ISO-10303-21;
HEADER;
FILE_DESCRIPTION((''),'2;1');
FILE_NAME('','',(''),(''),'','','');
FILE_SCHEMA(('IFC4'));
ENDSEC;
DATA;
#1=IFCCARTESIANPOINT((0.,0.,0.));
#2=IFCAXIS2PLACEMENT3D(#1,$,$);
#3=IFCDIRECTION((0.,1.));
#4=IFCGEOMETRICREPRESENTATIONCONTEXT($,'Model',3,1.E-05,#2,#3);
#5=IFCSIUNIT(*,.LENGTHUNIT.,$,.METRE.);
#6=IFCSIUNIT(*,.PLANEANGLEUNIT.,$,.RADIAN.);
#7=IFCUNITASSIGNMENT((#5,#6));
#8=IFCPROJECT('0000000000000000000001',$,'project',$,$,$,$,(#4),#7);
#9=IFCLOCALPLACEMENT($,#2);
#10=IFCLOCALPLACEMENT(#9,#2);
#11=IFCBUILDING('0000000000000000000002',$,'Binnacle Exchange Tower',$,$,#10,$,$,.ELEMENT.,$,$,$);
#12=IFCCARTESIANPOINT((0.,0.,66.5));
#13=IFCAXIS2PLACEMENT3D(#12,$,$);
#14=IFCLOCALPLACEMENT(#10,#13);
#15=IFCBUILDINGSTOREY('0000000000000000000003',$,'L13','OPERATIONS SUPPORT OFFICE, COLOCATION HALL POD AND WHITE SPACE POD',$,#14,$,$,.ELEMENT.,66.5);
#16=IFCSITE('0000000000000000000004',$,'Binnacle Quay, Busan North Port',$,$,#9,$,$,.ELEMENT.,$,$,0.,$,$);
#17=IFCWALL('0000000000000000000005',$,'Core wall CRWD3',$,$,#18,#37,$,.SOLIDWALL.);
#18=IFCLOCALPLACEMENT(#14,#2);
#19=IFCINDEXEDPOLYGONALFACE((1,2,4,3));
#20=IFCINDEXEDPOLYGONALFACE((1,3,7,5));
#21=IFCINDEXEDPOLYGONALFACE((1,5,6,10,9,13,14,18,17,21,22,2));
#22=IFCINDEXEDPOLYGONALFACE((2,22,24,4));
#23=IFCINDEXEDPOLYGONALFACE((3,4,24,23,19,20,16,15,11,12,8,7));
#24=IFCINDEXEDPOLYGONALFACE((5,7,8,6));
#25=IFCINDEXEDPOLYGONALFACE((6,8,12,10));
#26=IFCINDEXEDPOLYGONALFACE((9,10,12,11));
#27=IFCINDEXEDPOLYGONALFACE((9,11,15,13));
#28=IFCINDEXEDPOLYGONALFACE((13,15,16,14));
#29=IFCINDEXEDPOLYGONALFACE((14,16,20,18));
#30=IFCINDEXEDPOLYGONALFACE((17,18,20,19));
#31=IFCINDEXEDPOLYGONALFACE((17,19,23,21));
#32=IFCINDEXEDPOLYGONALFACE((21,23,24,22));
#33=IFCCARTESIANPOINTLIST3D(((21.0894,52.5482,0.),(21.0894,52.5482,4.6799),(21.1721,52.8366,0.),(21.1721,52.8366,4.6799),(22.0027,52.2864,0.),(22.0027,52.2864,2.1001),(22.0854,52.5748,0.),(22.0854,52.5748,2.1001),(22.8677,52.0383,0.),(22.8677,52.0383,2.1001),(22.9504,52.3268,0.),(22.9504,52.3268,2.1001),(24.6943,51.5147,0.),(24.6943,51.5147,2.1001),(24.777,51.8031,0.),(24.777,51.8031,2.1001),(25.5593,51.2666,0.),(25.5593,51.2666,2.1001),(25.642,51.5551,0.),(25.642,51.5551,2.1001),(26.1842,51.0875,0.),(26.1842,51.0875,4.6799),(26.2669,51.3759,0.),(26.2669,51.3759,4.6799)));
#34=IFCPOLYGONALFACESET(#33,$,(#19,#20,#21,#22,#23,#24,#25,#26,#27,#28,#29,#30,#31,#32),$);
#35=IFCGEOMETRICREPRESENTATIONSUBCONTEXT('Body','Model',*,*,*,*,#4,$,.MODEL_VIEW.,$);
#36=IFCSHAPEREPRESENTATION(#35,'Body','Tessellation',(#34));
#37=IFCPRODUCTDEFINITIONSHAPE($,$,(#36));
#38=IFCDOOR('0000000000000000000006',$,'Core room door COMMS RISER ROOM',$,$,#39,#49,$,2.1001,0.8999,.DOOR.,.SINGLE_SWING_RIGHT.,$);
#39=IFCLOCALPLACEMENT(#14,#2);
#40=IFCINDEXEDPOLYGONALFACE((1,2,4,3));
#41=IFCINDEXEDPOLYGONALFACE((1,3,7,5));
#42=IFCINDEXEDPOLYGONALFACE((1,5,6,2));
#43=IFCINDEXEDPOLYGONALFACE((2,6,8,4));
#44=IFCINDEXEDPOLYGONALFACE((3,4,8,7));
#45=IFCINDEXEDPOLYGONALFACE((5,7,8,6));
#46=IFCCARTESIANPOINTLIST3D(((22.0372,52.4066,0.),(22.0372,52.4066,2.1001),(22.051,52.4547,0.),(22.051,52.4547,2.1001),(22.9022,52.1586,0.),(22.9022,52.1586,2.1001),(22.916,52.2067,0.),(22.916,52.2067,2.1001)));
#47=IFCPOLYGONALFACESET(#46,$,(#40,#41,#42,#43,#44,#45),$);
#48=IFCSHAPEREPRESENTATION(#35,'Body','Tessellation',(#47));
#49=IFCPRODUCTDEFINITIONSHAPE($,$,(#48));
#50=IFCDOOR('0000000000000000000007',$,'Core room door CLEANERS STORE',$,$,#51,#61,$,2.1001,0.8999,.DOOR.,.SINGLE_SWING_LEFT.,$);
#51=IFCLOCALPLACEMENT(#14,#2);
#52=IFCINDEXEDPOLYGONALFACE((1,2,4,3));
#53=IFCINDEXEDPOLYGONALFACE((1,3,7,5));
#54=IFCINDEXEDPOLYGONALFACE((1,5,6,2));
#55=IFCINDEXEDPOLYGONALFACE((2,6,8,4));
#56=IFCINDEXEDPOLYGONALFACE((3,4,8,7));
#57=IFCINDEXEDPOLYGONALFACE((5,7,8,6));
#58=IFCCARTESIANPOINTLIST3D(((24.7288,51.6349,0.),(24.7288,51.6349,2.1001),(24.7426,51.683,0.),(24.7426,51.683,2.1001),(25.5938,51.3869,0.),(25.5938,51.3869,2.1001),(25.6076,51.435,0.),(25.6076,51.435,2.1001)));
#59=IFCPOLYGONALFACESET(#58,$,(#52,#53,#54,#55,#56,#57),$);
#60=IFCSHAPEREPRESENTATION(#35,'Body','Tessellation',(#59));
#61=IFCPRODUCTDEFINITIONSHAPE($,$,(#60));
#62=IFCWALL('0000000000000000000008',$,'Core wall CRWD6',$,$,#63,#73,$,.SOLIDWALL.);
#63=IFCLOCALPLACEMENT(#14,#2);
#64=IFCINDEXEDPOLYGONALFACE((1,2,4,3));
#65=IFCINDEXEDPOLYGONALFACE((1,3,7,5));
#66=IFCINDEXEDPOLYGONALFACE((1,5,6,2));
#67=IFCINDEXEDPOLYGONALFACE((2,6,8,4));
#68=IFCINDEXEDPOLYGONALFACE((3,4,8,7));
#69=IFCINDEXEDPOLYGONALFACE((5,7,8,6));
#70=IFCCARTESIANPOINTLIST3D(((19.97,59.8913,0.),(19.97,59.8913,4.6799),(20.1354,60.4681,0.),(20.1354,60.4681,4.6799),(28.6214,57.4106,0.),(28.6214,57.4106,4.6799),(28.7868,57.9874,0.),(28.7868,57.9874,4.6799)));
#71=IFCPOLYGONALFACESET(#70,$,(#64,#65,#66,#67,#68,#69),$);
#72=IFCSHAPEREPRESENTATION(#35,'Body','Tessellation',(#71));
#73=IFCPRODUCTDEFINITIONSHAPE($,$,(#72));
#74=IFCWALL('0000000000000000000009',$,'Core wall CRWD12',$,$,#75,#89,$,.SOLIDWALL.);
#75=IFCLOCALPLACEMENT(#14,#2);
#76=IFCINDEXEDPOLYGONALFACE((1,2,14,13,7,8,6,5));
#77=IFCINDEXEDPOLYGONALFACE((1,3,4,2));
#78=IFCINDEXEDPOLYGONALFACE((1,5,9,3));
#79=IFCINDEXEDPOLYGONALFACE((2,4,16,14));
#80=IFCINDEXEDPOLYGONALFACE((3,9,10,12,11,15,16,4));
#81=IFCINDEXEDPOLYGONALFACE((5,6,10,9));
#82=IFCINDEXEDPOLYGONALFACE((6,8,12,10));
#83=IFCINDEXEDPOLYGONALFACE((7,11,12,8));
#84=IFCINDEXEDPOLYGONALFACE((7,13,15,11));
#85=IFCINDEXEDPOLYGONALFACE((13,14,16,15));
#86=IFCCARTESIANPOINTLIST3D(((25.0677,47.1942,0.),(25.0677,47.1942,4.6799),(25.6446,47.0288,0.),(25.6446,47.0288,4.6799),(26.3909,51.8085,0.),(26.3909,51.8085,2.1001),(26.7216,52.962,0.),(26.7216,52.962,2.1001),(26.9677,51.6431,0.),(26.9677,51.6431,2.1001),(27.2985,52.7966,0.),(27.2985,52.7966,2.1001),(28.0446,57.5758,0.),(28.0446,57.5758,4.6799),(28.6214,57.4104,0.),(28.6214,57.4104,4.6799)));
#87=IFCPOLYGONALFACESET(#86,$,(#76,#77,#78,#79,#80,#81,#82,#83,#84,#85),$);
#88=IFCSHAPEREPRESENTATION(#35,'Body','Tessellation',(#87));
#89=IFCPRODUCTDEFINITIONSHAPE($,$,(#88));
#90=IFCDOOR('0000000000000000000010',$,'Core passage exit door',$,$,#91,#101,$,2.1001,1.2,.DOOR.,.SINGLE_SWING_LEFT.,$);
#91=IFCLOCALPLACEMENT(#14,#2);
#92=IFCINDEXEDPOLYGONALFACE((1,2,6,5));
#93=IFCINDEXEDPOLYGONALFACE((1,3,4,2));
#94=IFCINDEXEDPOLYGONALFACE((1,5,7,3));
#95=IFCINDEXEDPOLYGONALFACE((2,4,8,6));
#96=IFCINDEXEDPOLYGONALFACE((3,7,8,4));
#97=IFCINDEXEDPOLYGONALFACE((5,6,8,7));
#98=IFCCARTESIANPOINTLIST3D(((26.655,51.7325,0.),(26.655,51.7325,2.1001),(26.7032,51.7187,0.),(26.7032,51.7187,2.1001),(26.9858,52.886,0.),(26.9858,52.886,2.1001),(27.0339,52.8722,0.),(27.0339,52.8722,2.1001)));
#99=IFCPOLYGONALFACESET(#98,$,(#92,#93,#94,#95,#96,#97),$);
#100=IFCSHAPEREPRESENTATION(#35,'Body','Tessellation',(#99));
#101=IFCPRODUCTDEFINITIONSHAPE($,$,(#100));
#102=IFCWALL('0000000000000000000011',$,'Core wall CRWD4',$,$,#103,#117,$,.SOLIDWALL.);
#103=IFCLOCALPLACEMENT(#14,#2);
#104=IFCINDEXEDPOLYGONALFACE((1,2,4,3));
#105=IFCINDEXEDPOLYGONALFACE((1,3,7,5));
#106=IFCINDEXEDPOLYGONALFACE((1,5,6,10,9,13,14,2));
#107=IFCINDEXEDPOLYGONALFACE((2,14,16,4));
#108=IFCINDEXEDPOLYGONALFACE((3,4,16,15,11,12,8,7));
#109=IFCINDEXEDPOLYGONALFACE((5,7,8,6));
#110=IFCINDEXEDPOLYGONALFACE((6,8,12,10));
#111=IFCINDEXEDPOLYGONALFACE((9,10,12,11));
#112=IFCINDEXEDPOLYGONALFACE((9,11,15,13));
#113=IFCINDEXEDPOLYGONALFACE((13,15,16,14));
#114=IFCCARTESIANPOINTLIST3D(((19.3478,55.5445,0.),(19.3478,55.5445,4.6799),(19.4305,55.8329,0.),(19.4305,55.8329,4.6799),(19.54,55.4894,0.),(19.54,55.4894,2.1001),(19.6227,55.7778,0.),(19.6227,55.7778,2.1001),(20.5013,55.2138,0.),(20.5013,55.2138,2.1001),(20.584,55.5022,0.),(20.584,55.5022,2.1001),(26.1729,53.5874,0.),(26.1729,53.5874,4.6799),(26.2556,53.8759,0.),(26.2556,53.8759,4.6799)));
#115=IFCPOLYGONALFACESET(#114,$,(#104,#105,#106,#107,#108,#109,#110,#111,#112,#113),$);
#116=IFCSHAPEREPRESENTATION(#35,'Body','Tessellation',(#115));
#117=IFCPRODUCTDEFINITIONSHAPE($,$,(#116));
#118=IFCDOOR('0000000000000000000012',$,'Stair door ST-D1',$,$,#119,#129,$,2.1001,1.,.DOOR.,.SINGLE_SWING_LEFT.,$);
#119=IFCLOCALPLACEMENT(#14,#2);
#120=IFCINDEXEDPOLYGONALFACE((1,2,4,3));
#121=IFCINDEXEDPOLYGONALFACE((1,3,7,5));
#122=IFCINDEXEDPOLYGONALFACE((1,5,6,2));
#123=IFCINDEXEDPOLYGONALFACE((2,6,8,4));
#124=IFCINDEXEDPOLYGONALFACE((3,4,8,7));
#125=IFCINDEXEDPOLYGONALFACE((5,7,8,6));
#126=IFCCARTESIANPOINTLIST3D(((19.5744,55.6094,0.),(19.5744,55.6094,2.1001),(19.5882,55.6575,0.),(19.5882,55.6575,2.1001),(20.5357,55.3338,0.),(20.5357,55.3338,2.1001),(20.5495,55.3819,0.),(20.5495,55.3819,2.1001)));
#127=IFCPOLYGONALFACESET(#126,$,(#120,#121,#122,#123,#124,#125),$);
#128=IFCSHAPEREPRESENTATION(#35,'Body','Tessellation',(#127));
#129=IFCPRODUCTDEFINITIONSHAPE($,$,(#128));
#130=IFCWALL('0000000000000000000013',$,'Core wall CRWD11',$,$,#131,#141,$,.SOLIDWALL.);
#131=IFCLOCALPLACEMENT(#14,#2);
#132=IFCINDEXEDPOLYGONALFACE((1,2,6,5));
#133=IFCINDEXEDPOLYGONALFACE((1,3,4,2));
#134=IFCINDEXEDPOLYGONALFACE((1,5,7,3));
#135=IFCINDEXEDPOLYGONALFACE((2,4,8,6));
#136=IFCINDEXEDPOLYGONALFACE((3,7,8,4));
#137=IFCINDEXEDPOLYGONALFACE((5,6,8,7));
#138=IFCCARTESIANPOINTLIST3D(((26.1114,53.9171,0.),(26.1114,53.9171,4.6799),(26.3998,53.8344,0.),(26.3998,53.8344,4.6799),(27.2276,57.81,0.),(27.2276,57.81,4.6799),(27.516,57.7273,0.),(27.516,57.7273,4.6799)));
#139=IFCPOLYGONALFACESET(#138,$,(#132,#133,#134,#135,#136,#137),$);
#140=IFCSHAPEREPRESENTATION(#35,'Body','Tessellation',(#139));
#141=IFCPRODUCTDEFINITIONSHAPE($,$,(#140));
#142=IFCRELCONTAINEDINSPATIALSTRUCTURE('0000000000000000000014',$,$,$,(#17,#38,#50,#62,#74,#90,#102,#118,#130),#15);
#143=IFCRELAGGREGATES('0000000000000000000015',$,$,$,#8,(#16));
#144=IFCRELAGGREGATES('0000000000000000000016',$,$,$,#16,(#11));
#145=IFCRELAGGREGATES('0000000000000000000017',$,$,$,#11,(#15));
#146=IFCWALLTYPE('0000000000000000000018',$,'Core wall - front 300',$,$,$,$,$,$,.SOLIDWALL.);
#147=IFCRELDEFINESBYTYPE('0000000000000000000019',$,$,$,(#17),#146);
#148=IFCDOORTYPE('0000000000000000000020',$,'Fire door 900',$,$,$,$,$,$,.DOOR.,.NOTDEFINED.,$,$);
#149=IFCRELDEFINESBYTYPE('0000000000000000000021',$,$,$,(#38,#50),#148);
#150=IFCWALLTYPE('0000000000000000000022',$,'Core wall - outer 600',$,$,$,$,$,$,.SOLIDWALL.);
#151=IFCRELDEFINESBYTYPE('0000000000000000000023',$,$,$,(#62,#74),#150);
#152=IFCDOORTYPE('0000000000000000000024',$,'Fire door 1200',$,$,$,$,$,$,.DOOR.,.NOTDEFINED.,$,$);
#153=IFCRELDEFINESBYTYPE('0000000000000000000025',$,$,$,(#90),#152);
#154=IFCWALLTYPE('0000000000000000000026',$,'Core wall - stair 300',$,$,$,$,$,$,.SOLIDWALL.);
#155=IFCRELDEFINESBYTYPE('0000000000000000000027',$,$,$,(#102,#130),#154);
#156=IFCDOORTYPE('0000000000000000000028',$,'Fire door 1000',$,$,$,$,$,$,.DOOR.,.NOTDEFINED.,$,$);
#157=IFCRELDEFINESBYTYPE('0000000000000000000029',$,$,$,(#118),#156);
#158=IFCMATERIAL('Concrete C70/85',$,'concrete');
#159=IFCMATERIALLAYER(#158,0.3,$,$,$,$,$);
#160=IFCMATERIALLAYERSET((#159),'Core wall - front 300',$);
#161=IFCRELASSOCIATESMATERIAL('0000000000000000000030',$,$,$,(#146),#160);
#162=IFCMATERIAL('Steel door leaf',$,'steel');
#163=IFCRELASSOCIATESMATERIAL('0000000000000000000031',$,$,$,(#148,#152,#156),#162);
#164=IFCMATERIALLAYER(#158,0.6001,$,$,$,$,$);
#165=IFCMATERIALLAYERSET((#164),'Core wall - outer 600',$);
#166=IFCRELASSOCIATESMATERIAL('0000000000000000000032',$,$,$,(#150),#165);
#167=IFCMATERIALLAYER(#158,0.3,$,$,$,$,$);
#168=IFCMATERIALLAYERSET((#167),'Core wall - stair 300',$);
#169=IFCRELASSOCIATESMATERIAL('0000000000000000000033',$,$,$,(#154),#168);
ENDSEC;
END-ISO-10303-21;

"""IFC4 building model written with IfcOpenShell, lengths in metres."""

from ifc_helpers import new_model, si_unit, direction, frame, frame_2d, origin, place, context, subcontext, project, spatial, rectangle, extrude, material, layer, layer_set, type_object, element, fill, save


model = new_model("IFC4")

# Units and contexts
model_context = context("Model", 3, precision=1e-05, world=origin(), true_north=direction((0.0, 1.0)))
body_context = subcontext(model_context, "Body", "Model", "MODEL_VIEW")
ifc_project = project(units=[si_unit("LENGTHUNIT", "METRE"), si_unit("PLANEANGLEUNIT", "RADIAN")], contexts=[model_context])

# Site, building, storey
site_placement = place(None, origin())
site = spatial("IfcSite", under=ifc_project, at=site_placement, Name="Binnacle Quay, Busan North Port", CompositionType="ELEMENT", RefElevation=0.0)
building_placement = place(site_placement, origin())
building = spatial("IfcBuilding", under=site, at=building_placement, Name="Binnacle Exchange Tower", CompositionType="ELEMENT")
storey_placement = place(building_placement, frame((0.0, 0.0, 66.5)))
storey = spatial("IfcBuildingStorey", under=building, at=storey_placement, Name="L13", Description="OPERATIONS SUPPORT OFFICE, COLOCATION HALL POD AND WHITE SPACE POD", CompositionType="ELEMENT", Elevation=66.5)

# Shared definitions
ifc_material_1 = material(Name="Concrete C70/85", Category="concrete")

# Wall, openings, doors
ifc_layer_1 = layer(ifc_material_1, 0.3)
ifc_layer_set_1 = layer_set([ifc_layer_1], Name="Core wall - front 300")
wall_type_1 = type_object("IfcWallType", Name="Core wall - front 300", PredefinedType="SOLIDWALL", material=ifc_layer_set_1)
wall_1_placement = place(storey_placement, frame((21.1309, 52.6924, 0.0), z_axis=(0.0, 0.0, 1.0), x_axis=(0.961271, -0.275603, 0.0)))
wall_1 = element("IfcWall", 1, at=wall_1_placement, inside=storey, type_object=wall_type_1, Name="Core wall CRWD3", PredefinedType="SOLIDWALL", context=body_context, shape_type="SweptSolid", body=[
    extrude(rectangle(XDim=5.3, YDim=0.3, at=frame_2d((2.6499, 0.0))), origin(), (0.0, 0.0, 1.0), 4.6799),
])
opening_1_placement = place(wall_1_placement, frame((0.95, 0.0, 0.0)))
opening_1 = element("IfcOpeningElement", 2, at=opening_1_placement, cuts=wall_1, PredefinedType="OPENING", context=body_context, shape_type="SweptSolid", body=[
    extrude(rectangle(XDim=0.8999, YDim=2.1001, at=frame_2d((0.45, 1.05))), frame((0.0, 0.1599, 0.0), z_axis=(0.0, -1.0, 0.0), x_axis=(1.0, 0.0, 0.0)), (0.0, 0.0, 1.0), 0.3201),
])
opening_2_placement = place(wall_1_placement, frame((3.75, 0.0, 0.0)))
opening_2 = element("IfcOpeningElement", 3, at=opening_2_placement, cuts=wall_1, PredefinedType="OPENING", context=body_context, shape_type="SweptSolid", body=[
    extrude(rectangle(XDim=0.8999, YDim=2.1001, at=frame_2d((0.45, 1.05))), frame((0.0, 0.1599, 0.0), z_axis=(0.0, -1.0, 0.0), x_axis=(1.0, 0.0, 0.0)), (0.0, 0.0, 1.0), 0.3201),
])
ifc_material_2 = material(Name="Steel door leaf", Category="steel")
door_type_1 = type_object("IfcDoorType", Name="Fire door 900", OperationType="NOTDEFINED", PredefinedType="DOOR", material=ifc_material_2)
door_1_placement = place(opening_1_placement, frame((0.8999, 0.0, 0.0), z_axis=(0.0, 0.0, 1.0), x_axis=(-1.0, 0.0, 0.0)))
door_1 = element("IfcDoor", 4, at=door_1_placement, inside=storey, type_object=door_type_1, Name="Core room door COMMS RISER ROOM", OperationType="SINGLE_SWING_RIGHT", OverallHeight=2.1001, OverallWidth=0.8999, PredefinedType="DOOR", context=body_context, shape_type="SweptSolid", body=[
    extrude(rectangle(XDim=0.8999, YDim=2.1001, at=frame_2d((0.45, 1.05))), frame((0.0, 0.0249, 0.0), z_axis=(0.0, -1.0, 0.0), x_axis=(1.0, 0.0, 0.0)), (0.0, 0.0, 1.0), 0.05),
])
fill(opening_1, door_1)
door_2_placement = place(opening_2_placement, frame((0.8999, 0.0, 0.0), z_axis=(0.0, 0.0, 1.0), x_axis=(-1.0, 0.0, 0.0)))
door_2 = element("IfcDoor", 5, at=door_2_placement, inside=storey, type_object=door_type_1, Name="Core room door CLEANERS STORE", OperationType="SINGLE_SWING_LEFT", OverallHeight=2.1001, OverallWidth=0.8999, PredefinedType="DOOR", context=body_context, shape_type="SweptSolid", body=[
    extrude(rectangle(XDim=0.8999, YDim=2.1001, at=frame_2d((0.45, 1.05))), frame((0.0, 0.0249, 0.0), z_axis=(0.0, -1.0, 0.0), x_axis=(1.0, 0.0, 0.0)), (0.0, 0.0, 1.0), 0.05),
])
fill(opening_2, door_2)

# Wall
ifc_layer_2 = layer(ifc_material_1, 0.6001)
ifc_layer_set_2 = layer_set([ifc_layer_2], Name="Core wall - outer 600")
wall_type_2 = type_object("IfcWallType", Name="Core wall - outer 600", PredefinedType="SOLIDWALL", material=ifc_layer_set_2)
wall_2_placement = place(storey_placement, frame((20.0527, 60.1797, 0.0), z_axis=(0.0, 0.0, 1.0), x_axis=(0.961262, -0.275635, 0.0)))
element("IfcWall", 6, at=wall_2_placement, inside=storey, type_object=wall_type_2, Name="Core wall CRWD6", PredefinedType="SOLIDWALL", context=body_context, shape_type="SweptSolid", body=[
    extrude(rectangle(XDim=9.0, YDim=0.6001, at=frame_2d((4.5, 0.0))), origin(), (0.0, 0.0, 1.0), 4.6799),
])

# Walls, openings, doors
wall_3_placement = place(storey_placement, frame((25.3562, 47.1116, 0.0), z_axis=(0.0, 0.0, 1.0), x_axis=(0.275632, 0.961263, 0.0)))
wall_3 = element("IfcWall", 7, at=wall_3_placement, inside=storey, type_object=wall_type_2, Name="Core wall CRWD12", PredefinedType="SOLIDWALL", context=body_context, shape_type="SweptSolid", body=[
    extrude(rectangle(XDim=10.8, YDim=0.6001, at=frame_2d((5.3999, 0.0))), origin(), (0.0, 0.0, 1.0), 4.6799),
])
opening_3_placement = place(wall_3_placement, frame((4.8, 0.0, 0.0)))
opening_3 = element("IfcOpeningElement", 8, at=opening_3_placement, cuts=wall_3, PredefinedType="OPENING", context=body_context, shape_type="SweptSolid", body=[
    extrude(rectangle(XDim=1.2, YDim=2.1001, at=frame_2d((0.6001, 1.05))), frame((0.0, 0.3101, 0.0), z_axis=(0.0, -1.0, 0.0), x_axis=(1.0, 0.0, 0.0)), (0.0, 0.0, 1.0), 0.6201),
])
door_type_2 = type_object("IfcDoorType", Name="Fire door 1200", OperationType="NOTDEFINED", PredefinedType="DOOR", material=ifc_material_2)
door_3_placement = place(opening_3_placement, frame((1.2, 0.0, 0.0), z_axis=(0.0, 0.0, 1.0), x_axis=(-1.0, 0.0, 0.0)))
door_3 = element("IfcDoor", 9, at=door_3_placement, inside=storey, type_object=door_type_2, Name="Core passage exit door", OperationType="SINGLE_SWING_LEFT", OverallHeight=2.1001, OverallWidth=1.2, PredefinedType="DOOR", context=body_context, shape_type="SweptSolid", body=[
    extrude(rectangle(XDim=1.2, YDim=2.1001, at=frame_2d((0.6001, 1.05))), frame((0.0, 0.0249, 0.0), z_axis=(0.0, -1.0, 0.0), x_axis=(1.0, 0.0, 0.0)), (0.0, 0.0, 1.0), 0.05),
])
fill(opening_3, door_3)
ifc_layer_3 = layer(ifc_material_1, 0.3)
ifc_layer_set_3 = layer_set([ifc_layer_3], Name="Core wall - stair 300")
wall_type_3 = type_object("IfcWallType", Name="Core wall - stair 300", PredefinedType="SOLIDWALL", material=ifc_layer_set_3)
wall_4_placement = place(storey_placement, frame((19.3892, 55.6887, 0.0), z_axis=(0.0, 0.0, 1.0), x_axis=(0.961261, -0.275638, 0.0)))
wall_4 = element("IfcWall", 10, at=wall_4_placement, inside=storey, type_object=wall_type_3, Name="Core wall CRWD4", PredefinedType="SOLIDWALL", context=body_context, shape_type="SweptSolid", body=[
    extrude(rectangle(XDim=7.1001, YDim=0.3, at=frame_2d((3.55, 0.0))), origin(), (0.0, 0.0, 1.0), 4.6799),
])
opening_4_placement = place(wall_4_placement, frame((0.2, 0.0, 0.0)))
opening_4 = element("IfcOpeningElement", 11, at=opening_4_placement, cuts=wall_4, PredefinedType="OPENING", context=body_context, shape_type="SweptSolid", body=[
    extrude(rectangle(XDim=1.0, YDim=2.1001, at=frame_2d((0.5, 1.05))), frame((0.0, 0.1599, 0.0), z_axis=(0.0, -1.0, 0.0), x_axis=(1.0, 0.0, 0.0)), (0.0, 0.0, 1.0), 0.3201),
])
door_type_3 = type_object("IfcDoorType", Name="Fire door 1000", OperationType="NOTDEFINED", PredefinedType="DOOR", material=ifc_material_2)
door_4_placement = place(opening_4_placement, origin())
door_4 = element("IfcDoor", 12, at=door_4_placement, inside=storey, type_object=door_type_3, Name="Stair door ST-D1", OperationType="SINGLE_SWING_LEFT", OverallHeight=2.1001, OverallWidth=1.0, PredefinedType="DOOR", context=body_context, shape_type="SweptSolid", body=[
    extrude(rectangle(XDim=1.0, YDim=2.1001, at=frame_2d((0.5, 1.05))), frame((0.0, 0.0249, 0.0), z_axis=(0.0, -1.0, 0.0), x_axis=(1.0, 0.0, 0.0)), (0.0, 0.0, 1.0), 0.05),
])
fill(opening_4, door_4)

# Wall
wall_5_placement = place(storey_placement, frame((26.2556, 53.8757, 0.0), z_axis=(0.0, 0.0, 1.0), x_axis=(0.275613, 0.961269, 0.0)))
element("IfcWall", 13, at=wall_5_placement, inside=storey, type_object=wall_type_3, Name="Core wall CRWD11", PredefinedType="SOLIDWALL", context=body_context, shape_type="SweptSolid", body=[
    extrude(rectangle(XDim=4.0498, YDim=0.3, at=frame_2d((2.0249, 0.0))), origin(), (0.0, 0.0, 1.0), 4.6799),
])

save(model, "model.ifc")
